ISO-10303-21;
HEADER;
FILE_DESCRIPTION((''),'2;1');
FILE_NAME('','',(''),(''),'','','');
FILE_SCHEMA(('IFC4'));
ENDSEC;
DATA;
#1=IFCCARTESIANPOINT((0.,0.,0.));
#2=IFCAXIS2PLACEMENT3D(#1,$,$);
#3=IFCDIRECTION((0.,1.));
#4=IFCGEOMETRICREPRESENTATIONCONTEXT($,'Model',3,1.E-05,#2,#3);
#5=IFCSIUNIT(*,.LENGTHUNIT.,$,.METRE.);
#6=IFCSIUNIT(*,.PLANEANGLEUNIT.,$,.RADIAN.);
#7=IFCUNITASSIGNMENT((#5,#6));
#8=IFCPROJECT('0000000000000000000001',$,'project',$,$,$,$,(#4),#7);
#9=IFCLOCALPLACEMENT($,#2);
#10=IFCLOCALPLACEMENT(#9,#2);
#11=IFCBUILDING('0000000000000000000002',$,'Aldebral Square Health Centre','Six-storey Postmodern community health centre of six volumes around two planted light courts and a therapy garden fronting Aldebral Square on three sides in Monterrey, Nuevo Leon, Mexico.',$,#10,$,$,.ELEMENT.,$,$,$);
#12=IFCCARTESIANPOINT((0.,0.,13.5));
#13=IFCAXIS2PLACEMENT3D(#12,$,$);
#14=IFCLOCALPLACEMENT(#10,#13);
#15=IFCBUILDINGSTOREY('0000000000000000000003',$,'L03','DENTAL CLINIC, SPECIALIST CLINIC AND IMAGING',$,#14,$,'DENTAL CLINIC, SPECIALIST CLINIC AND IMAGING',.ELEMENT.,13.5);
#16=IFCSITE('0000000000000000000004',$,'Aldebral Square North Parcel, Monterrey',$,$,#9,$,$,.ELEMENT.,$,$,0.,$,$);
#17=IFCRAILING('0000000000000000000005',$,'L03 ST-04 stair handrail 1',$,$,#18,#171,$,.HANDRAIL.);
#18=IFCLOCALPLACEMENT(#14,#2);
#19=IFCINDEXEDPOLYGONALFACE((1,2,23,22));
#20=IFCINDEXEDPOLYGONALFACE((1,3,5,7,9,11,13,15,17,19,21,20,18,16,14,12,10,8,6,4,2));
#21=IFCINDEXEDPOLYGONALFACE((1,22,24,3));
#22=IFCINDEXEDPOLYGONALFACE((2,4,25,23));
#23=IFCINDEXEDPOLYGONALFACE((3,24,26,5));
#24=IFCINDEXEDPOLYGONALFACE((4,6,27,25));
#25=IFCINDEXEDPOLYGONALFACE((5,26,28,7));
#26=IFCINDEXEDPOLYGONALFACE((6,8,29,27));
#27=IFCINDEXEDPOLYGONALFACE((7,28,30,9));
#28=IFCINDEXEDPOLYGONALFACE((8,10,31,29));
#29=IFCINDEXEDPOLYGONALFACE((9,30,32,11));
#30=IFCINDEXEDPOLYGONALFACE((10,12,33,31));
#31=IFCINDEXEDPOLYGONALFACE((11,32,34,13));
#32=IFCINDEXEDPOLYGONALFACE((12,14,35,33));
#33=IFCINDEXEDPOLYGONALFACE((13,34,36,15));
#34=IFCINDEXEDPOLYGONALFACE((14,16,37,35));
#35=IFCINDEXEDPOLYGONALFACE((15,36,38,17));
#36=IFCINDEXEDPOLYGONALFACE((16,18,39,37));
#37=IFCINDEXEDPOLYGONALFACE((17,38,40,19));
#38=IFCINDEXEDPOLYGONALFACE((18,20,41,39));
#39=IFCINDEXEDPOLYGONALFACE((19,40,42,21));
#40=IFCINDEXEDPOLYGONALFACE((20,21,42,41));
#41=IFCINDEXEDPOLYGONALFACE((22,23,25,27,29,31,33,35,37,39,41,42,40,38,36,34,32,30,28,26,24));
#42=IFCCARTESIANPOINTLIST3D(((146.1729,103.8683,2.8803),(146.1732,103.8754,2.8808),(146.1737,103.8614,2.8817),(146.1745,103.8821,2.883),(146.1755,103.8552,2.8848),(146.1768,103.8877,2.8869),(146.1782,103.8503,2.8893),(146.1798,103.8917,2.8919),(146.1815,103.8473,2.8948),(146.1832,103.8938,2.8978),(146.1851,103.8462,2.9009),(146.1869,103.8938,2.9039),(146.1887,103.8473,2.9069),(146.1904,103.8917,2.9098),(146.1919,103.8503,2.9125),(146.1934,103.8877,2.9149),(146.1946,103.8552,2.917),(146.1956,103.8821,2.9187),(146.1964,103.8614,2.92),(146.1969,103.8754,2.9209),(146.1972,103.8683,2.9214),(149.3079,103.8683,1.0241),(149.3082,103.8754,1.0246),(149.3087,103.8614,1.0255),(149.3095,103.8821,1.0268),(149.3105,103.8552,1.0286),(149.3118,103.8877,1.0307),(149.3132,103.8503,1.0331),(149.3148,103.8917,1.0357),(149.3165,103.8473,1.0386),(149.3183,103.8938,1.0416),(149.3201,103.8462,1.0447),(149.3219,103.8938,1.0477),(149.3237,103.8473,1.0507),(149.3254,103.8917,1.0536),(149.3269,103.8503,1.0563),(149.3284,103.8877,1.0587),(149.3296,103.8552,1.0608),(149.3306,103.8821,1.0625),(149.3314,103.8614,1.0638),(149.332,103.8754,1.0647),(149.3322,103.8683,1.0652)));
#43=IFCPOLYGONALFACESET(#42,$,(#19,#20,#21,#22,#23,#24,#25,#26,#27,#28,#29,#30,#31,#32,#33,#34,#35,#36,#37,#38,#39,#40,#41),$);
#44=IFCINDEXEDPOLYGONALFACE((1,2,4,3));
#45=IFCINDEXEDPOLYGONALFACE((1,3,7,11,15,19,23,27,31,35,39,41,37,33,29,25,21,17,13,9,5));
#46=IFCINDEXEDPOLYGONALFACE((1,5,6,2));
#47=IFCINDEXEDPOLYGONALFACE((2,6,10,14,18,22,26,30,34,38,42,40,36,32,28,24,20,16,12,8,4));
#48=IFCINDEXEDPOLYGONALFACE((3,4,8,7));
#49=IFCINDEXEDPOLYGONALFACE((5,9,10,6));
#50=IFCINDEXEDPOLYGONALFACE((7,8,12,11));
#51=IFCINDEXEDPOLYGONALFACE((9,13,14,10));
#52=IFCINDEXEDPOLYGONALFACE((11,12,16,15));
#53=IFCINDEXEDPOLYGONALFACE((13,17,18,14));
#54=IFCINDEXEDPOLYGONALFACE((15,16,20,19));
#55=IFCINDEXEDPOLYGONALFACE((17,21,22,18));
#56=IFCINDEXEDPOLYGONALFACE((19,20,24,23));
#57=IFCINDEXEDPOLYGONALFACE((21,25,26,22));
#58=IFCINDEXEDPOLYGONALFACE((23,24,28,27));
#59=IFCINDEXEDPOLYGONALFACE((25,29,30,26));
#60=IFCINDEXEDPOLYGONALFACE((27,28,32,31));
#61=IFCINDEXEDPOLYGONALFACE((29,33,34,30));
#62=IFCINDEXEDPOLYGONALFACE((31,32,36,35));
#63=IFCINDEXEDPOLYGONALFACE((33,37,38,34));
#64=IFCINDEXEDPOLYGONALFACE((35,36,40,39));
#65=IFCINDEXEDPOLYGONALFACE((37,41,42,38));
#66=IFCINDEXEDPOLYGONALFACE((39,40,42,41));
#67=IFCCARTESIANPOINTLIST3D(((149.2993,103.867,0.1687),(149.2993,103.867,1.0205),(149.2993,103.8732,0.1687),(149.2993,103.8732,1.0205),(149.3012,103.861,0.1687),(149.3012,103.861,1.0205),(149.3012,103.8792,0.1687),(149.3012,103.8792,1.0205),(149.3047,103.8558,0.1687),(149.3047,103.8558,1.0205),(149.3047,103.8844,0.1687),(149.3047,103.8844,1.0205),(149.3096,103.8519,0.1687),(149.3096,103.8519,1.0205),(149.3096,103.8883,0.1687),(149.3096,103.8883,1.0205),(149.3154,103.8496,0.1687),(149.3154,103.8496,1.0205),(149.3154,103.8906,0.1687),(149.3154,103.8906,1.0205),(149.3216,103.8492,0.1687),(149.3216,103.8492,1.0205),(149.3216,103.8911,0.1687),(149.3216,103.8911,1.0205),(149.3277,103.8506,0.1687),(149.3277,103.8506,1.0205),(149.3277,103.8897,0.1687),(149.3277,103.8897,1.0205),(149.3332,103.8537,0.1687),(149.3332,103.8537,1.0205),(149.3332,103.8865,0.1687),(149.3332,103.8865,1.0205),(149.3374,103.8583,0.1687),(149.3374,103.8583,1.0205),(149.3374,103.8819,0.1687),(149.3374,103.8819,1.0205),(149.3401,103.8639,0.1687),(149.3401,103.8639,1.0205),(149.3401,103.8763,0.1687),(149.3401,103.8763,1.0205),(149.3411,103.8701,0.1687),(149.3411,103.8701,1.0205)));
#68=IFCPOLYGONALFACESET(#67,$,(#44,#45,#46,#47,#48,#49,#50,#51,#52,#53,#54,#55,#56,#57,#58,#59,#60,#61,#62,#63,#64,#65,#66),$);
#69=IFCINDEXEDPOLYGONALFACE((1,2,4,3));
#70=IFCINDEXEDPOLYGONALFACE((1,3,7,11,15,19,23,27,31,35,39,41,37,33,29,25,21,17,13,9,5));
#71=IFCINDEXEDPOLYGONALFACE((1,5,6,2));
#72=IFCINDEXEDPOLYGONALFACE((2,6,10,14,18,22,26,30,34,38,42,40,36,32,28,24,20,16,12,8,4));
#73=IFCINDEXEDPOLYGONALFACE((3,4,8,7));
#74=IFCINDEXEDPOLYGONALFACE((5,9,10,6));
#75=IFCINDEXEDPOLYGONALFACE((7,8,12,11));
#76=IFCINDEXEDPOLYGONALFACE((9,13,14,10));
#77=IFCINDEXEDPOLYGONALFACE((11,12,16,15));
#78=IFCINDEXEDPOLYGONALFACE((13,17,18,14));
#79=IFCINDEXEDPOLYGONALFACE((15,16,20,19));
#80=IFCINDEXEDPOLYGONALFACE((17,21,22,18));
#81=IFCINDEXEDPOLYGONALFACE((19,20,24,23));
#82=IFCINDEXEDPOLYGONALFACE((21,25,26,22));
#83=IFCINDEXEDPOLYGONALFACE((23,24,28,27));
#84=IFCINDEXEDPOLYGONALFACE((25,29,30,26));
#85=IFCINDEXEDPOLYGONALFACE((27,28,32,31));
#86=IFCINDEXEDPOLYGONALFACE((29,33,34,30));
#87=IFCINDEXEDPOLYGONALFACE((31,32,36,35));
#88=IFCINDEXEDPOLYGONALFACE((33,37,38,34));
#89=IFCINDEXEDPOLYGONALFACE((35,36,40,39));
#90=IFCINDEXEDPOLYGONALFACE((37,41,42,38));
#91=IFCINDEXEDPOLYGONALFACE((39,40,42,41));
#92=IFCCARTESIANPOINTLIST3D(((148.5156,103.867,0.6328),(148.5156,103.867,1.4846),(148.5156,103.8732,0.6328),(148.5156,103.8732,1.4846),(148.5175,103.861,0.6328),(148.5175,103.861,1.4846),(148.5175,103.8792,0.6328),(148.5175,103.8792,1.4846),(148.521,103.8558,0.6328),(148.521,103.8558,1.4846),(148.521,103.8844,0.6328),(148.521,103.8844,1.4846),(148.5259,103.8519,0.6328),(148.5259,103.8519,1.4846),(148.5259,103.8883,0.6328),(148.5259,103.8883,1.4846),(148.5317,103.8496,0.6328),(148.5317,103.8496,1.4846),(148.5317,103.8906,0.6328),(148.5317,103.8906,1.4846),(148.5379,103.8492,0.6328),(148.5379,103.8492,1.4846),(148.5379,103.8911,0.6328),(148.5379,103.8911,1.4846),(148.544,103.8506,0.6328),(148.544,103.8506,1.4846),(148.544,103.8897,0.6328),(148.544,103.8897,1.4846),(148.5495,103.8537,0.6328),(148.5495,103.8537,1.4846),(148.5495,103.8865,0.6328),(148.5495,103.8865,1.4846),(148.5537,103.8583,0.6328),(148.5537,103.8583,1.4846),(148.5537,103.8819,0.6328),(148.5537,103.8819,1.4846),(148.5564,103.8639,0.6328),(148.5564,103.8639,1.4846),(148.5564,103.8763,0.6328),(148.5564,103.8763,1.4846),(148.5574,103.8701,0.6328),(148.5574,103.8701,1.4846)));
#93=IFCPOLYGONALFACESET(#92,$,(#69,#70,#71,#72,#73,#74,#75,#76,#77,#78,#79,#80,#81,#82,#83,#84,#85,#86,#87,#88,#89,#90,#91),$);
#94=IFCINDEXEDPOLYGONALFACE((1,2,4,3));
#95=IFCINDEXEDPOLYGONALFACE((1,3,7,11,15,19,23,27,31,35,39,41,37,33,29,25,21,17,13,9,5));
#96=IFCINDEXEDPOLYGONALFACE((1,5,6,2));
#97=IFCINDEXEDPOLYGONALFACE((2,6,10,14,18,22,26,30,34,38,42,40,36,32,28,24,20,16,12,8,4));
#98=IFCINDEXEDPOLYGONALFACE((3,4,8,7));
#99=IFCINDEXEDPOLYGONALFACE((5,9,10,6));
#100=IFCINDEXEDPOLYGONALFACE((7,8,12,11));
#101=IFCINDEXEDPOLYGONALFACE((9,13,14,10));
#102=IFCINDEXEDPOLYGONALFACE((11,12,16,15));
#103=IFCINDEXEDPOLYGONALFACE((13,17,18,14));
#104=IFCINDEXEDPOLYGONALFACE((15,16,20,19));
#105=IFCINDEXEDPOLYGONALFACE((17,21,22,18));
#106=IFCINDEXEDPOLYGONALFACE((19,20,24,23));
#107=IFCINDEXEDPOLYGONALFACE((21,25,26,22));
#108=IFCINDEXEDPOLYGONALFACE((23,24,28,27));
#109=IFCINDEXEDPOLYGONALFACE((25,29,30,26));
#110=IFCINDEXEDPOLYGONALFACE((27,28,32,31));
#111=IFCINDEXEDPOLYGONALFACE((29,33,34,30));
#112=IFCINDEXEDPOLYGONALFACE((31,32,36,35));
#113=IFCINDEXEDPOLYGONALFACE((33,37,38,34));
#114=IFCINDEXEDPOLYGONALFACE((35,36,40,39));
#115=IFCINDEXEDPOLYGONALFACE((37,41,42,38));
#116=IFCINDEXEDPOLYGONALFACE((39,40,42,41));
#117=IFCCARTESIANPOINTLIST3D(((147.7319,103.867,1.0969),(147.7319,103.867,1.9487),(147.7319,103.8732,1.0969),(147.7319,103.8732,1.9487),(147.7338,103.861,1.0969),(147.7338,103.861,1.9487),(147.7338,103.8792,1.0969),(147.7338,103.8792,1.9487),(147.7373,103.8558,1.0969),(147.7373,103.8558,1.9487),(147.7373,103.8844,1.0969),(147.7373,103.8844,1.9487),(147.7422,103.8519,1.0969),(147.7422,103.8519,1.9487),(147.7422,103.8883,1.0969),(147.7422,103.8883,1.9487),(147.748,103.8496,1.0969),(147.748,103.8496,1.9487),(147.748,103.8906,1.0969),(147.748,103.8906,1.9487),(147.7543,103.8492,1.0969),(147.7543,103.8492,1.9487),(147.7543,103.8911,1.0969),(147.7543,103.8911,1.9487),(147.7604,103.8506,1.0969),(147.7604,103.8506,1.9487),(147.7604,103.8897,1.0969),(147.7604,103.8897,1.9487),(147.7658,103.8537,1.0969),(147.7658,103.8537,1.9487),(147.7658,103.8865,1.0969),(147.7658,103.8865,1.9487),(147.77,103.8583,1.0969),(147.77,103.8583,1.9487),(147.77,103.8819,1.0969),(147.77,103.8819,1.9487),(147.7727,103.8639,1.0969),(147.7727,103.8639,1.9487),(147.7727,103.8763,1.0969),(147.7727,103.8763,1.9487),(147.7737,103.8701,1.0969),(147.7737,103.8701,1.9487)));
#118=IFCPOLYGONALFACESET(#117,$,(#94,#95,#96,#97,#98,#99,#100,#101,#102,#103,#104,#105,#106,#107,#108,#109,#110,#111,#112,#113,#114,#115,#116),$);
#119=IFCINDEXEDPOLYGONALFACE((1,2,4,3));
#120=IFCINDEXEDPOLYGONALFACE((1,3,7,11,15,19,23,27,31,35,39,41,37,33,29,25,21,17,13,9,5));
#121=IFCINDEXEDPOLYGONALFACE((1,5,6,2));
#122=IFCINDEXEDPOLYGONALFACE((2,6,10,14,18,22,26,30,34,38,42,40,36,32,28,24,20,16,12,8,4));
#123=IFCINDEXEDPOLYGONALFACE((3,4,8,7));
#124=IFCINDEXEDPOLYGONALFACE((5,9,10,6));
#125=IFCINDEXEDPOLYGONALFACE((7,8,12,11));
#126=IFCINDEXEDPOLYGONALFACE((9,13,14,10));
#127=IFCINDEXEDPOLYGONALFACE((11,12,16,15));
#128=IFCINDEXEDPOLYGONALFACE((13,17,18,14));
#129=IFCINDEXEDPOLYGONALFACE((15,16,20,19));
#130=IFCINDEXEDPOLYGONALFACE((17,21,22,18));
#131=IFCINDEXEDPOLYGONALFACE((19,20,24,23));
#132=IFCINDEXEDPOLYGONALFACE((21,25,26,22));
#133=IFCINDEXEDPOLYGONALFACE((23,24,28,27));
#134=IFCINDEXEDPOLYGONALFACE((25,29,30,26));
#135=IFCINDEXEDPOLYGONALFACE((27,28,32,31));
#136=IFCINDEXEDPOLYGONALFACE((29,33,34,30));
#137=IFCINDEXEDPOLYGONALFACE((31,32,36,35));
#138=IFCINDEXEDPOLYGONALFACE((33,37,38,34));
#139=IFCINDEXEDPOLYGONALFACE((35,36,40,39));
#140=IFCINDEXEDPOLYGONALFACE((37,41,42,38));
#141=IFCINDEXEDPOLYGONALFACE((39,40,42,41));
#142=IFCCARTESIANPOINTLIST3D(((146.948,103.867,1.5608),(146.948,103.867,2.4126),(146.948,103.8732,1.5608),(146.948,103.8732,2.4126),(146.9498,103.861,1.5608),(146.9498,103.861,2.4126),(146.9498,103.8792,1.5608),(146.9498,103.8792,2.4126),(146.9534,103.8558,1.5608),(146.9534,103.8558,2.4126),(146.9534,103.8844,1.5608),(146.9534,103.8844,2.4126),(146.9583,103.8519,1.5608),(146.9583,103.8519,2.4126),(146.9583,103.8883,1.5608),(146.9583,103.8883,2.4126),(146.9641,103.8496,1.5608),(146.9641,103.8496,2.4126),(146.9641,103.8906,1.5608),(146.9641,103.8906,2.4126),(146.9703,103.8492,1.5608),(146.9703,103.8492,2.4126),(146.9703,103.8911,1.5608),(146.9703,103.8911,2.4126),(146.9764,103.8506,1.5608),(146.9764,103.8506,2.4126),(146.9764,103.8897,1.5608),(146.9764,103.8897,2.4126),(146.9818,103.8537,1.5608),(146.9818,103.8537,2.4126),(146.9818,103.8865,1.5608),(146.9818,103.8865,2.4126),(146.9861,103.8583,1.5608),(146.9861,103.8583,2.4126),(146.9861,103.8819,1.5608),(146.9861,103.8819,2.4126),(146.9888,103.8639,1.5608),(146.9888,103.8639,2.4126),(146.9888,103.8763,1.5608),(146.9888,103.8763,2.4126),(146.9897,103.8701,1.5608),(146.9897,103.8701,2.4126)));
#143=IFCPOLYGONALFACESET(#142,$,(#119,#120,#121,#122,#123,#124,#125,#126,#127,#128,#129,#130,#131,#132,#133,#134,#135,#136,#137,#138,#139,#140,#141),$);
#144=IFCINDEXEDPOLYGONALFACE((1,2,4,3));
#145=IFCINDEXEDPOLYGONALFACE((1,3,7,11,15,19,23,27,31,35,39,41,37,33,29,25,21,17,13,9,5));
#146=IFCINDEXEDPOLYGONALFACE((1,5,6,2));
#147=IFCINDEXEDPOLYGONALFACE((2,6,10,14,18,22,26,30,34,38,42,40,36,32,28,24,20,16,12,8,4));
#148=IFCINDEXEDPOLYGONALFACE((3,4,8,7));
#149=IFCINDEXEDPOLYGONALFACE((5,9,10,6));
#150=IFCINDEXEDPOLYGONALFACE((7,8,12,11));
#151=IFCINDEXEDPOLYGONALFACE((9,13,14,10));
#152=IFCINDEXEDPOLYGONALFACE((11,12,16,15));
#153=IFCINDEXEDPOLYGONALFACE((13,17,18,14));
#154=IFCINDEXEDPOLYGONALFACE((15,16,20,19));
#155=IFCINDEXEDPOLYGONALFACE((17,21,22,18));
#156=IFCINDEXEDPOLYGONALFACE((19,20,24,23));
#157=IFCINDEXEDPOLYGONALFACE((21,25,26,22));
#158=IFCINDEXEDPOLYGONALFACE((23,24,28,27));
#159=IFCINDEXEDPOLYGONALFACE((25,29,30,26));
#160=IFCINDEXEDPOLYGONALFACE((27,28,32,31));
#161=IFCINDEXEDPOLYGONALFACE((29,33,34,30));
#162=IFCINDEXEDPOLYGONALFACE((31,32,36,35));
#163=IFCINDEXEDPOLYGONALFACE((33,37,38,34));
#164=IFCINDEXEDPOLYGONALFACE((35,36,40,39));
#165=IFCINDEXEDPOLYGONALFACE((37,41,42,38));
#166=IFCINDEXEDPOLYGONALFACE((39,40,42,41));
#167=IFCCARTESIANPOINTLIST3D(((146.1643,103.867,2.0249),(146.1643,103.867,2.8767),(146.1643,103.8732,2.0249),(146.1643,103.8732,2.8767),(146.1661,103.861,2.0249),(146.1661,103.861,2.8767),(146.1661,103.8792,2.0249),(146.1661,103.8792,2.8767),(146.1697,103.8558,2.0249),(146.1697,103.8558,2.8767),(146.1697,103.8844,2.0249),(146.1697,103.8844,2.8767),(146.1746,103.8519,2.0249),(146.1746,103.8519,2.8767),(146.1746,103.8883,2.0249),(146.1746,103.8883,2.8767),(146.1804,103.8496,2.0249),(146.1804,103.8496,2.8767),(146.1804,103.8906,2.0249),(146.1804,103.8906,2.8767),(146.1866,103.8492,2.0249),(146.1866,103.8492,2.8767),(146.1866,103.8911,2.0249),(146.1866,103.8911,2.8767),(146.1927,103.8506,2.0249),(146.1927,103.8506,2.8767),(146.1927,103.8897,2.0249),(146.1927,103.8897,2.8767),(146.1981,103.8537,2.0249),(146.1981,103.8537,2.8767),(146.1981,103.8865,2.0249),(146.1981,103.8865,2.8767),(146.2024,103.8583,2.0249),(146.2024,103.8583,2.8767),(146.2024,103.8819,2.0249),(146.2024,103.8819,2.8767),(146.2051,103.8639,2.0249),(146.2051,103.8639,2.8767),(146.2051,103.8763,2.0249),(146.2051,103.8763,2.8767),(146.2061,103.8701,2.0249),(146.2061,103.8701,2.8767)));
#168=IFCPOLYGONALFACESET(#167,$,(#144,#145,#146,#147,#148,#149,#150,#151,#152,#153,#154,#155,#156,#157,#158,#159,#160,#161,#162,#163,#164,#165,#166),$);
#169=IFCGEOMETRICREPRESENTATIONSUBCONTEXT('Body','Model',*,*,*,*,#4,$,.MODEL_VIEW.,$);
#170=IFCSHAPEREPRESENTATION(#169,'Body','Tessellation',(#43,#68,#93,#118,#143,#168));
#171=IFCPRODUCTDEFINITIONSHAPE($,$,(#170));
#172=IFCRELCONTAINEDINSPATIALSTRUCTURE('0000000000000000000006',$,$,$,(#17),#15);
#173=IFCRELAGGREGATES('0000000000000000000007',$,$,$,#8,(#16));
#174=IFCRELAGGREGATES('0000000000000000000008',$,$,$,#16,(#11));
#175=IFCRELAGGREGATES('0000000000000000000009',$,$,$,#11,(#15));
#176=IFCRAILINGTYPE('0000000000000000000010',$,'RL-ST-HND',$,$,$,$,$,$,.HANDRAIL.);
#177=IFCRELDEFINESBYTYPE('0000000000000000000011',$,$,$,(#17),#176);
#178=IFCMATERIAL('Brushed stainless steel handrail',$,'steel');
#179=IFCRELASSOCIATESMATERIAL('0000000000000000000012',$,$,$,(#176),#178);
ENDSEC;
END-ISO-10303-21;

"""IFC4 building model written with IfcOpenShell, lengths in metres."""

from ifc_helpers import new_model, si_unit, direction, frame, origin, origin_2d, place, context, subcontext, project, spatial, circle, extrude, material, type_object, element, save


model = new_model("IFC4")

# Units and contexts
model_context = context("Model", 3, precision=1e-05, world=origin(), true_north=direction((0.0, 1.0)))
body_context = subcontext(model_context, "Body", "Model", "MODEL_VIEW")
ifc_project = project(units=[si_unit("LENGTHUNIT", "METRE"), si_unit("PLANEANGLEUNIT", "RADIAN")], contexts=[model_context])

# Site, building, storey
site_placement = place(None, origin())
site = spatial("IfcSite", under=ifc_project, at=site_placement, Name="Aldebral Square North Parcel, Monterrey", CompositionType="ELEMENT", RefElevation=0.0)
building_placement = place(site_placement, origin())
building = spatial("IfcBuilding", under=site, at=building_placement, Name="Aldebral Square Health Centre", Description="Six-storey Postmodern community health centre of six volumes around two planted light courts and a therapy garden fronting Aldebral Square on three sides in Monterrey, Nuevo Leon, Mexico.", CompositionType="ELEMENT")
storey_placement = place(building_placement, frame((0.0, 0.0, 13.5)))
storey = spatial("IfcBuildingStorey", under=building, at=storey_placement, Name="L03", Description="DENTAL CLINIC, SPECIALIST CLINIC AND IMAGING", LongName="DENTAL CLINIC, SPECIALIST CLINIC AND IMAGING", CompositionType="ELEMENT", Elevation=13.5)

# Railing
ifc_material_1 = material(Name="Brushed stainless steel handrail", Category="steel")
railing_type_1 = type_object("IfcRailingType", Name="RL-ST-HND", PredefinedType="HANDRAIL", material=ifc_material_1)
railing_1_placement = place(storey_placement, frame((149.3201, 103.8701, 0.1687)))
element("IfcRailing", 1, at=railing_1_placement, inside=storey, type_object=railing_type_1, Name="L03 ST-04 stair handrail 1", PredefinedType="HANDRAIL", context=body_context, shape_type="SweptSolid", body=[
    extrude(circle(Radius=0.0239, at=origin_2d()), frame((0.0, 0.0, 0.876), z_axis=(-0.860482, 0.0, 0.509481), x_axis=(0.0, -1.0, 0.0)), (0.0, 0.0, 1.0), 3.6433),
    extrude(circle(Radius=0.021, at=origin_2d()), origin(), (0.0, 0.0, 1.0), 0.8518),
    extrude(circle(Radius=0.021, at=origin_2d()), frame((-0.7837, 0.0, 0.4641)), (0.0, 0.0, 1.0), 0.8518),
    extrude(circle(Radius=0.021, at=origin_2d()), frame((-1.5674, 0.0, 0.9282)), (0.0, 0.0, 1.0), 0.8518),
    extrude(circle(Radius=0.021, at=origin_2d()), frame((-2.3513, 0.0, 1.3921)), (0.0, 0.0, 1.0), 0.8518),
    extrude(circle(Radius=0.021, at=origin_2d()), frame((-3.135, 0.0, 1.8562)), (0.0, 0.0, 1.0), 0.8518),
])

save(model, "model.ifc")
